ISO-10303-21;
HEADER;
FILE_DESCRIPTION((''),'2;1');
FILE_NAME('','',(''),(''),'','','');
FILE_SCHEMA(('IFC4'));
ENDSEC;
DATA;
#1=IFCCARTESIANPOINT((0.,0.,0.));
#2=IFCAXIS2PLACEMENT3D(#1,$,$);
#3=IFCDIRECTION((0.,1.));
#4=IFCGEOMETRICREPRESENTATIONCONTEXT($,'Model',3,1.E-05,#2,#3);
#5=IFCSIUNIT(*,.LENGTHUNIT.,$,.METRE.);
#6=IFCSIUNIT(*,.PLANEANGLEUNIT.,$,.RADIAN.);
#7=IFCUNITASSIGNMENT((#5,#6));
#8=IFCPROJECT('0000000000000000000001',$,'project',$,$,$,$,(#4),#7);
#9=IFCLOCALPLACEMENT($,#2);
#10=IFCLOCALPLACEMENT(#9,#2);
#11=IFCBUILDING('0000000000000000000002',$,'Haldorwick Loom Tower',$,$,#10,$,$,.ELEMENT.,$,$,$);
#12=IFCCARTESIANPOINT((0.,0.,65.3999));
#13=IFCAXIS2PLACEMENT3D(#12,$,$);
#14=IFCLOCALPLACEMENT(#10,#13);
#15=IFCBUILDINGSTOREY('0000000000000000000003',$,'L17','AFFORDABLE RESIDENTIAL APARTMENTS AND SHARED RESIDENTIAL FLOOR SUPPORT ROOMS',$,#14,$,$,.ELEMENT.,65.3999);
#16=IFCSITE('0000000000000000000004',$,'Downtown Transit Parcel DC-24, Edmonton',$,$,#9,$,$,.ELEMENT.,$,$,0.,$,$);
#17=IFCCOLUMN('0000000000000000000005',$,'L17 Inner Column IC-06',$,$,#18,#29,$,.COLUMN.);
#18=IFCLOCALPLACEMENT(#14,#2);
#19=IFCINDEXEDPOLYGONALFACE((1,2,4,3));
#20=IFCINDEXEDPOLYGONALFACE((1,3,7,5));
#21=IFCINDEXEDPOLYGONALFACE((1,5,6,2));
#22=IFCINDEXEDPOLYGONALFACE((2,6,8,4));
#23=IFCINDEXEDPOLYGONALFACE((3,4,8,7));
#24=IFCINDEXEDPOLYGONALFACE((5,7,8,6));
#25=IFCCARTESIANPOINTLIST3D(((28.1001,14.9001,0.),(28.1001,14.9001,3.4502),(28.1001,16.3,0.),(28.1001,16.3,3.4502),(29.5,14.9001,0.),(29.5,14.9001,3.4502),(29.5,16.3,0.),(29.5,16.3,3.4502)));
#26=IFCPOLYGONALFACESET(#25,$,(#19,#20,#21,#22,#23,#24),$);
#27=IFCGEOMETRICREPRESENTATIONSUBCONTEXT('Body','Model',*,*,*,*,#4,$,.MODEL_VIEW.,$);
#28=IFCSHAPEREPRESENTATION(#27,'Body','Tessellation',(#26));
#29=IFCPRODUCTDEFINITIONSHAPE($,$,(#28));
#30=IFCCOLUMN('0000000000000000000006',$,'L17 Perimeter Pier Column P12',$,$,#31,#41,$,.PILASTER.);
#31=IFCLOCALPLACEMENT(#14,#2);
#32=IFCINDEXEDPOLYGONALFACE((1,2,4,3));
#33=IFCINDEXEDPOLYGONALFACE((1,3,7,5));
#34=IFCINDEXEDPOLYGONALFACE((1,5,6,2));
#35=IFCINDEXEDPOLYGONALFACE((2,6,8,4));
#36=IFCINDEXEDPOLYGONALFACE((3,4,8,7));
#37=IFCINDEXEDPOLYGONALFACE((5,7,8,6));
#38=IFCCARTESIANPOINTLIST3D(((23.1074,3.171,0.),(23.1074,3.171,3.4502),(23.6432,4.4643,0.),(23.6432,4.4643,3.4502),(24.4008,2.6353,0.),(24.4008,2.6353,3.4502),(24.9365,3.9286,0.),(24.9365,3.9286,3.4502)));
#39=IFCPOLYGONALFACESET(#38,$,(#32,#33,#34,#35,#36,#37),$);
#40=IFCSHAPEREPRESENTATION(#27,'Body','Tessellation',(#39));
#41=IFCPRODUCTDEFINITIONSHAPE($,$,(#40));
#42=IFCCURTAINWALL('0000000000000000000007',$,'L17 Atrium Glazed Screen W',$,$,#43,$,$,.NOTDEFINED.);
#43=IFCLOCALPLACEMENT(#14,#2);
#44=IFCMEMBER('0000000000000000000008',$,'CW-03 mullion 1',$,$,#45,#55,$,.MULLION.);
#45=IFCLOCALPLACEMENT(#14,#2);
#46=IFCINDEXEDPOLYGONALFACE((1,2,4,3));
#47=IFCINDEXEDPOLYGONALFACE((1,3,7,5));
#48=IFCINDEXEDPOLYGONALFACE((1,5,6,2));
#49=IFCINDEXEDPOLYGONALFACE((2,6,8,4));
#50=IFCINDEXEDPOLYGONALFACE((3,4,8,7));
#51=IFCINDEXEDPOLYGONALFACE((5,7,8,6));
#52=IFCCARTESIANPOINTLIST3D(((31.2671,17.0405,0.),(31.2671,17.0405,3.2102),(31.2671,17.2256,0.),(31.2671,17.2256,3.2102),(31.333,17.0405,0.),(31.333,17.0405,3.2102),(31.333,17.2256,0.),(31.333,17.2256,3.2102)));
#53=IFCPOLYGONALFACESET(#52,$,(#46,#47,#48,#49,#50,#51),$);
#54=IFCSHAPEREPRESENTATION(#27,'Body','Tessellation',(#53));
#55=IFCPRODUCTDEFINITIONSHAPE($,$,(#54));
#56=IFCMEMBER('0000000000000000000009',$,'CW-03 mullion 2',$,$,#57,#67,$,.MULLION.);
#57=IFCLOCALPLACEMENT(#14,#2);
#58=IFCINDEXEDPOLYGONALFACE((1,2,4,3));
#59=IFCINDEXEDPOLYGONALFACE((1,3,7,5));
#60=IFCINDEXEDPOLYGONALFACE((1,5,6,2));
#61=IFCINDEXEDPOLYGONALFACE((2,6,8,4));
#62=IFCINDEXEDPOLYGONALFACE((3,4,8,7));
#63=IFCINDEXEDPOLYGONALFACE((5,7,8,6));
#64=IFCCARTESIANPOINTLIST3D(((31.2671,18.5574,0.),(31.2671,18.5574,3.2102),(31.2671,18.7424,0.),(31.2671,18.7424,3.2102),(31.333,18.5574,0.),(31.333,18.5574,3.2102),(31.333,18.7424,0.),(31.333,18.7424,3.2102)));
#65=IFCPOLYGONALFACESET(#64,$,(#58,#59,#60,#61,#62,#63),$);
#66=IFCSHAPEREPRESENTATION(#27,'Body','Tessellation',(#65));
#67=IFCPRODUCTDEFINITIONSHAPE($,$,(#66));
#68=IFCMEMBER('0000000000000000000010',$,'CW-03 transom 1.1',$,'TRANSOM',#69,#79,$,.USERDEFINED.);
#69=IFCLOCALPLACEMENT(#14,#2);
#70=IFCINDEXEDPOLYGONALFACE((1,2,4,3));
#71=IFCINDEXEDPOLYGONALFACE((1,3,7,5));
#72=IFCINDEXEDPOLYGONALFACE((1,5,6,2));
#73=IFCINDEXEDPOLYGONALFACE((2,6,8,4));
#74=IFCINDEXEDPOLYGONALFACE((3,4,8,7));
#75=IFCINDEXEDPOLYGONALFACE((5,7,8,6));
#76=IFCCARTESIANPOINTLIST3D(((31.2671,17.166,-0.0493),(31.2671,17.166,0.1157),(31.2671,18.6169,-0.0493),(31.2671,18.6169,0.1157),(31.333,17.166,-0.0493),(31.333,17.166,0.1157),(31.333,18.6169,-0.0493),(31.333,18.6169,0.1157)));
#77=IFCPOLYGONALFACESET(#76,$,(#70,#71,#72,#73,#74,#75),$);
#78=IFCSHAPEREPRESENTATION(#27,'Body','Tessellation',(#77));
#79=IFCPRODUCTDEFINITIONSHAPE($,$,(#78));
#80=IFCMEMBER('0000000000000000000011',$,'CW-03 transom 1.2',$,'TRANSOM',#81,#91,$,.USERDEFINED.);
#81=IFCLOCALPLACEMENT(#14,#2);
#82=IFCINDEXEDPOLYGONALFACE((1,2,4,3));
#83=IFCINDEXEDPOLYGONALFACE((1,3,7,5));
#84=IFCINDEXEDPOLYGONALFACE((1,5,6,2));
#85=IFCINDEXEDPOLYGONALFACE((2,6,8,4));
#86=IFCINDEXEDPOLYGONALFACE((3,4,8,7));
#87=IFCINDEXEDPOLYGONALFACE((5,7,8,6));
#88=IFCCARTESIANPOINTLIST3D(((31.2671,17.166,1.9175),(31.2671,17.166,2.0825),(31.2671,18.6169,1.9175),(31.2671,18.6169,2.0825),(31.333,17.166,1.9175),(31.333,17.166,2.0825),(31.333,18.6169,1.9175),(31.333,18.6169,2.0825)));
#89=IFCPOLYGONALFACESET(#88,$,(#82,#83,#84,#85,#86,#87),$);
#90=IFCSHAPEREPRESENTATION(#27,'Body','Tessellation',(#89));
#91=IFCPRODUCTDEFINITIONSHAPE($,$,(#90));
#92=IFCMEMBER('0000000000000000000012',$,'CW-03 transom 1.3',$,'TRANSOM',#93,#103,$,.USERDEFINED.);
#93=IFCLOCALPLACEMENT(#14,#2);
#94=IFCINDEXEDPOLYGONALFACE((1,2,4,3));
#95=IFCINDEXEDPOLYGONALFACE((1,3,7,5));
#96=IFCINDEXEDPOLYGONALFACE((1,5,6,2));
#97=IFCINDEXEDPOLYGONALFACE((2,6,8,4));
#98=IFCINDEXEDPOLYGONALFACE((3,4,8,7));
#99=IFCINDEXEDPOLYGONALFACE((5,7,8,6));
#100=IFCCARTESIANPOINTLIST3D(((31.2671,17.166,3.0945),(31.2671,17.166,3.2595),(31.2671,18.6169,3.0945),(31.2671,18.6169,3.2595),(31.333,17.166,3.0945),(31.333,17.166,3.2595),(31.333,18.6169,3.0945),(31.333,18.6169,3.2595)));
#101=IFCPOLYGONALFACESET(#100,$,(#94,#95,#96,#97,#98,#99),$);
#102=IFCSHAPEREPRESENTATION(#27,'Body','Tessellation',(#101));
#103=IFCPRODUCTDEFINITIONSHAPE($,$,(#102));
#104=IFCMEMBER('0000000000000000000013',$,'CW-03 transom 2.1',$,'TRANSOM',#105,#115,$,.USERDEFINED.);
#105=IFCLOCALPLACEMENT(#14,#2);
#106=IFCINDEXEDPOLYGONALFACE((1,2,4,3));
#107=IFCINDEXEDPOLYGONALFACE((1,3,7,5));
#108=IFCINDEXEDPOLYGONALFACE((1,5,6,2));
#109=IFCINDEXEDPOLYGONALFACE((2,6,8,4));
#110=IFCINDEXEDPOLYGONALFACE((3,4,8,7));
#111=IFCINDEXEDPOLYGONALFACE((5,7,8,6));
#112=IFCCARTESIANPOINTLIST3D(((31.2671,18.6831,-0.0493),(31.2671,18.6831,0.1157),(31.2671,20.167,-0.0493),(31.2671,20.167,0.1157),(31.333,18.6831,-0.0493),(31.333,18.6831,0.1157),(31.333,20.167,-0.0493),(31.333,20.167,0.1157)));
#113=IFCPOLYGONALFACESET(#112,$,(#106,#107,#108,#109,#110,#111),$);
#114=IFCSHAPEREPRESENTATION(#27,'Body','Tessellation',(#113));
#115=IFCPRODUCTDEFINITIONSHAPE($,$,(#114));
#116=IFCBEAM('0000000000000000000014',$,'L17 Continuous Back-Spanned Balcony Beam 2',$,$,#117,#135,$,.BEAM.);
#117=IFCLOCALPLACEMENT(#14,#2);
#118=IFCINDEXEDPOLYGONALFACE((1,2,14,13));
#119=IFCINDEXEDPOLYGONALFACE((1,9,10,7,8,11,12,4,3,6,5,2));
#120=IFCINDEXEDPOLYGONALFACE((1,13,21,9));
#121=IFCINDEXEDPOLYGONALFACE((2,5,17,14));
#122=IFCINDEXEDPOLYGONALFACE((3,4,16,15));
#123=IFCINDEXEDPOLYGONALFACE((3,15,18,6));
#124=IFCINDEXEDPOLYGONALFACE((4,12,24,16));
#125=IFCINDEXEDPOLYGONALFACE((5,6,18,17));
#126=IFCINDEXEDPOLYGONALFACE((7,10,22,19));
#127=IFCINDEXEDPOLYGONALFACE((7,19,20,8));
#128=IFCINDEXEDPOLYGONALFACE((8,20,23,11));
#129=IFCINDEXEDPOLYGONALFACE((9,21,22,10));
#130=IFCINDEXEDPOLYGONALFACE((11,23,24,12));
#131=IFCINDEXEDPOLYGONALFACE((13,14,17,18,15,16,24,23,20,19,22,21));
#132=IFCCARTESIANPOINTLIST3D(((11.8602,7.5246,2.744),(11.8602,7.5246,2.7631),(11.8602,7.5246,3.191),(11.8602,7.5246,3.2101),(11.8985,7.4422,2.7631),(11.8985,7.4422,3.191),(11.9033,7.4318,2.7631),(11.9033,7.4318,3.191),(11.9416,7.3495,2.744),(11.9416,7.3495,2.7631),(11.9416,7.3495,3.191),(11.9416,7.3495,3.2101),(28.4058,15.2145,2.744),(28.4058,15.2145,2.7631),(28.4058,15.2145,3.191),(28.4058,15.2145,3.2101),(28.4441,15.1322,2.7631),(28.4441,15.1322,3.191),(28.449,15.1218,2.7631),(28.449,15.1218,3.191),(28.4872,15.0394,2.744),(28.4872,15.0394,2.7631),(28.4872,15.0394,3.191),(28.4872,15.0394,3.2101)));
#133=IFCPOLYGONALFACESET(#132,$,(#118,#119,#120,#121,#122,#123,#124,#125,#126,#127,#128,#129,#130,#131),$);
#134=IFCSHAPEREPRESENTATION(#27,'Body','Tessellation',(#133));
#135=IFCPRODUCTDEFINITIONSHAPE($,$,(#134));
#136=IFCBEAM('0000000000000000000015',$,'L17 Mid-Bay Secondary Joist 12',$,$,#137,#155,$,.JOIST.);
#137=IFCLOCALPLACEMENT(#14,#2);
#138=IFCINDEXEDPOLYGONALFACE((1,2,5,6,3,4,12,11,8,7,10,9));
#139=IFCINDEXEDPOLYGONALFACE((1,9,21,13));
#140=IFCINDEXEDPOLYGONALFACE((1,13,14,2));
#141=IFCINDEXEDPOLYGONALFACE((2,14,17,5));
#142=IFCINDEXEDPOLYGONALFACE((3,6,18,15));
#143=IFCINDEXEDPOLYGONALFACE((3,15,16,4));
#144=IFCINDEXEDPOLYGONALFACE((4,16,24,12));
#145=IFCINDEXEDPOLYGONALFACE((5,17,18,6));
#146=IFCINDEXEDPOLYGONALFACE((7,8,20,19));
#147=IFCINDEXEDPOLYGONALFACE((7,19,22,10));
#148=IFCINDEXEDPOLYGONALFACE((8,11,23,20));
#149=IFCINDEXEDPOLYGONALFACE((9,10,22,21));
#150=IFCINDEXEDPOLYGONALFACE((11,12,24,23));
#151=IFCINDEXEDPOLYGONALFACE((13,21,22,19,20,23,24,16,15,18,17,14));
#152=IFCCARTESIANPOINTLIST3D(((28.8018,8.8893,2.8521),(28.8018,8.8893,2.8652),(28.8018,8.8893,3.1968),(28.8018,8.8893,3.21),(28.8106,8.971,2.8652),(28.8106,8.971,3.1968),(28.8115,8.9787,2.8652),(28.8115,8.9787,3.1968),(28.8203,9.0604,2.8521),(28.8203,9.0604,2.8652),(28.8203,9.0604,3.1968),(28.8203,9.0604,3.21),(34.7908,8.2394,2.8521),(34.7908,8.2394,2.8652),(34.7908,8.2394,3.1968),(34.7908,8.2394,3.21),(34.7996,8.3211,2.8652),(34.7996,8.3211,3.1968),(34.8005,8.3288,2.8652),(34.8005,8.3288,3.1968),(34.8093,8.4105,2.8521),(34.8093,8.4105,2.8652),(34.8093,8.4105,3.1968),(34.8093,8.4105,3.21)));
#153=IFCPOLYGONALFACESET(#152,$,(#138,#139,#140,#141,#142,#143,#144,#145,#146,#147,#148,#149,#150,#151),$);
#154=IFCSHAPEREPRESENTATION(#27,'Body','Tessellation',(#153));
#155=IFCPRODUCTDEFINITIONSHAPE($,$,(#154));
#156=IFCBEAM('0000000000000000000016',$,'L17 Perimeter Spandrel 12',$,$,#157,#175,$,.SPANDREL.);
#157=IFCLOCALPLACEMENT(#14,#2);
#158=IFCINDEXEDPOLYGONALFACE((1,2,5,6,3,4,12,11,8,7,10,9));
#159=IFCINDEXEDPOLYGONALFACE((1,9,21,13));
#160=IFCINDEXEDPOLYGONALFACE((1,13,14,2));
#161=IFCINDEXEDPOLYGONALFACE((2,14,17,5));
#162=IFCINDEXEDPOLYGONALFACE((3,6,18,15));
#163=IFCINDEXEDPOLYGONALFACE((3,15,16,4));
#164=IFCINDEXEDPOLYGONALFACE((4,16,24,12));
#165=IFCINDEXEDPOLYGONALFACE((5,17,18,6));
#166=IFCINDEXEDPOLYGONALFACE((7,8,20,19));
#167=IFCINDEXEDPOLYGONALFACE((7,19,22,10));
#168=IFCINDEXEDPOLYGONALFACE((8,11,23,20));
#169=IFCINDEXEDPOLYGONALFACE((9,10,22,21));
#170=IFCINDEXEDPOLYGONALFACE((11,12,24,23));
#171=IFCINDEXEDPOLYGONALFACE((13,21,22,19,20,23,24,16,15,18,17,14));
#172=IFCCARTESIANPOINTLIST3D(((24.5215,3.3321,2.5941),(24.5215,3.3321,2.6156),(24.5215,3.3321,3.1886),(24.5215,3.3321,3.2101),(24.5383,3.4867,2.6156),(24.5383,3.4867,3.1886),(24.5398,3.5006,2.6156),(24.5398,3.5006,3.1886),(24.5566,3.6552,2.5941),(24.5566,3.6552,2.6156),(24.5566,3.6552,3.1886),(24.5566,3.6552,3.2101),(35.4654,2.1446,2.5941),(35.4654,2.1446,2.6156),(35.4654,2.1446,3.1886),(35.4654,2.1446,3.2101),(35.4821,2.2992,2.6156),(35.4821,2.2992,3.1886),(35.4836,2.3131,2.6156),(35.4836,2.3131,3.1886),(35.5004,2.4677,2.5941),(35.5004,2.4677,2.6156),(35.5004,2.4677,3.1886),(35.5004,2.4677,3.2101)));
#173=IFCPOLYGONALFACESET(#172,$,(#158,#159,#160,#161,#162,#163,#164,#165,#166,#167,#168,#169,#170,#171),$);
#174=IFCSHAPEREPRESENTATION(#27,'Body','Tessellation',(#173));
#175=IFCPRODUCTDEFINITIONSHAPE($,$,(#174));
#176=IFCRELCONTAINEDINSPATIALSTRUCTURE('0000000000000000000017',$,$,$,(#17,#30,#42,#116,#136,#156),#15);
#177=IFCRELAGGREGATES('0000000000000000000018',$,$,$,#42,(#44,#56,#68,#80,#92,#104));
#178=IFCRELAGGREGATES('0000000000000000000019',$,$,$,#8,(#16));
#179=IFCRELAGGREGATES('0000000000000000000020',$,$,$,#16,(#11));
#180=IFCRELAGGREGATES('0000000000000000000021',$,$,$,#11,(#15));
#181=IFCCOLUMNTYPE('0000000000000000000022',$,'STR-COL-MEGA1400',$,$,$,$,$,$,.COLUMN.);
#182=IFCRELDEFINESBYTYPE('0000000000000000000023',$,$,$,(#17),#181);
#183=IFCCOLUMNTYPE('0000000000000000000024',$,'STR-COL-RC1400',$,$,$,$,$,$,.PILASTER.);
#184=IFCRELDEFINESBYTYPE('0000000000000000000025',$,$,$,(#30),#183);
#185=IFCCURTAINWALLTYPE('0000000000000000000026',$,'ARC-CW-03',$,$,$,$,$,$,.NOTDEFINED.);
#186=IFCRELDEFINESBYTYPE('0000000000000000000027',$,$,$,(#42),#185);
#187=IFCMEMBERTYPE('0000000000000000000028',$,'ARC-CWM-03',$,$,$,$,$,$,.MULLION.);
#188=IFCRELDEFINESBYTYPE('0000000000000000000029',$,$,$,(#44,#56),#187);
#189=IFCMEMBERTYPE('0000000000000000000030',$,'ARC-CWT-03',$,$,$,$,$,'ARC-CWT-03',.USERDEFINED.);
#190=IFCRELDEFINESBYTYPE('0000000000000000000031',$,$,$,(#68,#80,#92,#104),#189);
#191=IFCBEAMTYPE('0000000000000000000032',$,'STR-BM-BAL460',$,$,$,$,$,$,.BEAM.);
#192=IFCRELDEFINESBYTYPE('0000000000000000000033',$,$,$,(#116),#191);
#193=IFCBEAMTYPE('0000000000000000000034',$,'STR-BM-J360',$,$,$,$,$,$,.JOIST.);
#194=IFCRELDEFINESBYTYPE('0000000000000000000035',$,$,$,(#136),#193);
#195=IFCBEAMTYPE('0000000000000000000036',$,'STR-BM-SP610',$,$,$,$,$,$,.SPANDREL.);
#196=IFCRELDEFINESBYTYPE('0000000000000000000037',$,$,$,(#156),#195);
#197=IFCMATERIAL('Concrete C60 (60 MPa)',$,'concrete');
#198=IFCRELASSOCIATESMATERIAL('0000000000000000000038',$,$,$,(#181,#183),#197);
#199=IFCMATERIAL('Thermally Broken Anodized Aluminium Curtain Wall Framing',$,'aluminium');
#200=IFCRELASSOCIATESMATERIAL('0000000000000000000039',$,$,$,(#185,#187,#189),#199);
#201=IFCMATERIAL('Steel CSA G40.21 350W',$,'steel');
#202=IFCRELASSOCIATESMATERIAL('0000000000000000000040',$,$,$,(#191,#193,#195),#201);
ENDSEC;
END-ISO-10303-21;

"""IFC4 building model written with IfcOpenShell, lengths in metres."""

from ifc_helpers import new_model, si_unit, direction, frame, origin, origin_2d, place, context, subcontext, project, spatial, rectangle, i_section, extrude, material, material_profile, profile_set, type_object, element, aggregate, save


model = new_model("IFC4")

# Units and contexts
model_context = context("Model", 3, precision=1e-05, world=origin(), true_north=direction((0.0, 1.0)))
body_context = subcontext(model_context, "Body", "Model", "MODEL_VIEW")
ifc_project = project(units=[si_unit("LENGTHUNIT", "METRE"), si_unit("PLANEANGLEUNIT", "RADIAN")], contexts=[model_context])

# Site, building, storey
site_placement = place(None, origin())
site = spatial("IfcSite", under=ifc_project, at=site_placement, Name="Downtown Transit Parcel DC-24, Edmonton", CompositionType="ELEMENT", RefElevation=0.0)
building_placement = place(site_placement, origin())
building = spatial("IfcBuilding", under=site, at=building_placement, Name="Haldorwick Loom Tower", CompositionType="ELEMENT")
storey_placement = place(building_placement, frame((0.0, 0.0, 65.3999)))
storey = spatial("IfcBuildingStorey", under=building, at=storey_placement, Name="L17", Description="AFFORDABLE RESIDENTIAL APARTMENTS AND SHARED RESIDENTIAL FLOOR SUPPORT ROOMS", CompositionType="ELEMENT", Elevation=65.3999)

# Columns
ifc_material_1 = material(Name="Concrete C60 (60 MPa)", Category="concrete")
ifc_material_profile_1 = material_profile(ifc_material_1, rectangle(XDim=1.3999, YDim=1.3999, at=origin_2d()), Name="RC1400X1400", Category="concrete")
ifc_profile_set_1 = profile_set([ifc_material_profile_1], Name="Concrete C60 (60 MPa)")
column_type_1 = type_object("IfcColumnType", Name="STR-COL-MEGA1400", PredefinedType="COLUMN", material=ifc_profile_set_1)
column_1_placement = place(storey_placement, frame((28.8, 15.6001, 0.0), z_axis=(0.0, 0.0, 1.0), x_axis=(1.0, 0.0, 0.0)))
element("IfcColumn", 1, at=column_1_placement, inside=storey, type_object=column_type_1, Name="L17 Inner Column IC-06", PredefinedType="COLUMN", context=body_context, shape_type="SweptSolid", body=[
    extrude(rectangle(XDim=1.3999, YDim=1.3999, at=origin_2d()), origin(), (0.0, 0.0, 1.0), 3.4502),
])
ifc_material_profile_2 = material_profile(ifc_material_1, rectangle(XDim=1.3999, YDim=1.3999, at=origin_2d()), Name="RC1400X1400", Category="concrete")
ifc_profile_set_2 = profile_set([ifc_material_profile_2], Name="Concrete C60 (60 MPa)")
column_type_2 = type_object("IfcColumnType", Name="STR-COL-RC1400", PredefinedType="PILASTER", material=ifc_profile_set_2)
column_2_placement = place(storey_placement, frame((24.022, 3.5498, 0.0), z_axis=(0.0, 0.0, 1.0), x_axis=(-0.382683, -0.92388, 0.0)))
element("IfcColumn", 2, at=column_2_placement, inside=storey, type_object=column_type_2, Name="L17 Perimeter Pier Column P12", PredefinedType="PILASTER", context=body_context, shape_type="SweptSolid", body=[
    extrude(rectangle(XDim=1.3999, YDim=1.3999, at=origin_2d()), origin(), (0.0, 0.0, 1.0), 3.4502),
])

# Curtain wall, members
ifc_material_2 = material(Name="Thermally Broken Anodized Aluminium Curtain Wall Framing", Category="aluminium")
curtain_wall_type = type_object("IfcCurtainWallType", Name="ARC-CW-03", PredefinedType="NOTDEFINED", material=ifc_material_2)
curtain_wall_placement = place(storey_placement, origin())
curtain_wall = element("IfcCurtainWall", 3, at=curtain_wall_placement, inside=storey, type_object=curtain_wall_type, Name="L17 Atrium Glazed Screen W", PredefinedType="NOTDEFINED")
ifc_material_profile_3 = material_profile(ifc_material_2, rectangle(XDim=0.0659, YDim=0.1851, at=origin_2d()), Name="ALU_MUL_66X185", Category="aluminium")
ifc_profile_set_3 = profile_set([ifc_material_profile_3], Name="Thermally Broken Anodized Aluminium Curtain Wall Framing")
member_type_1 = type_object("IfcMemberType", Name="ARC-CWM-03", PredefinedType="MULLION", material=ifc_profile_set_3)
member_1_placement = place(storey_placement, frame((31.3, 17.1331, 0.0), z_axis=(0.0, 0.0, 1.0), x_axis=(-1.0, 0.0, 0.0)))
member_1 = element("IfcMember", 4, at=member_1_placement, type_object=member_type_1, Name="CW-03 mullion 1", PredefinedType="MULLION", context=body_context, shape_type="SweptSolid", body=[
    extrude(rectangle(XDim=0.0659, YDim=0.1851, at=origin_2d()), origin(), (0.0, 0.0, 1.0), 3.2102),
])
member_2_placement = place(storey_placement, frame((31.3, 18.6499, 0.0), z_axis=(0.0, 0.0, 1.0), x_axis=(-1.0, 0.0, 0.0)))
member_2 = element("IfcMember", 5, at=member_2_placement, type_object=member_type_1, Name="CW-03 mullion 2", PredefinedType="MULLION", context=body_context, shape_type="SweptSolid", body=[
    extrude(rectangle(XDim=0.0659, YDim=0.1851, at=origin_2d()), origin(), (0.0, 0.0, 1.0), 3.2102),
])
ifc_material_profile_4 = material_profile(ifc_material_2, rectangle(XDim=0.0659, YDim=0.165, at=origin_2d()), Name="ALU_TRN_66X165", Category="aluminium")
ifc_profile_set_4 = profile_set([ifc_material_profile_4], Name="Thermally Broken Anodized Aluminium Curtain Wall Framing")
member_type_2 = type_object("IfcMemberType", Name="ARC-CWT-03", ElementType="ARC-CWT-03", PredefinedType="USERDEFINED", material=ifc_profile_set_4)
member_3_placement = place(storey_placement, frame((31.3, 17.166, 0.0332), z_axis=(0.0, 1.0, 0.0), x_axis=(-1.0, 0.0, 0.0)))
member_3 = element("IfcMember", 6, at=member_3_placement, type_object=member_type_2, Name="CW-03 transom 1.1", ObjectType="TRANSOM", PredefinedType="USERDEFINED", context=body_context, shape_type="SweptSolid", body=[
    extrude(rectangle(XDim=0.0659, YDim=0.165, at=origin_2d()), origin(), (0.0, 0.0, 1.0), 1.4509),
])
member_4_placement = place(storey_placement, frame((31.3, 17.166, 2.0), z_axis=(0.0, 1.0, 0.0), x_axis=(-1.0, 0.0, 0.0)))
member_4 = element("IfcMember", 7, at=member_4_placement, type_object=member_type_2, Name="CW-03 transom 1.2", ObjectType="TRANSOM", PredefinedType="USERDEFINED", context=body_context, shape_type="SweptSolid", body=[
    extrude(rectangle(XDim=0.0659, YDim=0.165, at=origin_2d()), origin(), (0.0, 0.0, 1.0), 1.4509),
])
member_5_placement = place(storey_placement, frame((31.3, 17.166, 3.177), z_axis=(0.0, 1.0, 0.0), x_axis=(-1.0, 0.0, 0.0)))
member_5 = element("IfcMember", 8, at=member_5_placement, type_object=member_type_2, Name="CW-03 transom 1.3", ObjectType="TRANSOM", PredefinedType="USERDEFINED", context=body_context, shape_type="SweptSolid", body=[
    extrude(rectangle(XDim=0.0659, YDim=0.165, at=origin_2d()), origin(), (0.0, 0.0, 1.0), 1.4509),
])
member_6_placement = place(storey_placement, frame((31.3, 18.6831, 0.0332), z_axis=(0.0, 1.0, 0.0), x_axis=(-1.0, 0.0, 0.0)))
member_6 = element("IfcMember", 9, at=member_6_placement, type_object=member_type_2, Name="CW-03 transom 2.1", ObjectType="TRANSOM", PredefinedType="USERDEFINED", context=body_context, shape_type="SweptSolid", body=[
    extrude(rectangle(XDim=0.0659, YDim=0.165, at=origin_2d()), origin(), (0.0, 0.0, 1.0), 1.4839),
])

# Beams
ifc_material_3 = material(Name="Steel CSA G40.21 350W", Category="steel")
ifc_material_profile_5 = material_profile(ifc_material_3, i_section(OverallWidth=0.1931, OverallDepth=0.4661, WebThickness=0.0115, FlangeThickness=0.019, at=origin_2d()), Name="W460X97", Category="steel")
ifc_profile_set_5 = profile_set([ifc_material_profile_5], Name="Steel CSA G40.21 350W")
beam_type_1 = type_object("IfcBeamType", Name="STR-BM-BAL460", PredefinedType="BEAM", material=ifc_profile_set_5)
beam_1_placement = place(storey_placement, frame((28.4465, 15.127, 2.9771), z_axis=(-0.906841, -0.421473, 0.0), x_axis=(0.421473, -0.906841, 0.0)))
element("IfcBeam", 10, at=beam_1_placement, inside=storey, type_object=beam_type_1, Name="L17 Continuous Back-Spanned Balcony Beam 2", PredefinedType="BEAM", context=body_context, shape_type="SweptSolid", body=[
    extrude(i_section(OverallWidth=0.1931, OverallDepth=0.4661, WebThickness=0.0115, FlangeThickness=0.019, at=origin_2d()), origin(), (0.0, 0.0, 1.0), 18.2454),
])
ifc_material_profile_6 = material_profile(ifc_material_3, i_section(OverallWidth=0.1721, OverallDepth=0.3579, WebThickness=0.0078, FlangeThickness=0.0132, at=origin_2d()), Name="W360X57", Category="steel")
ifc_profile_set_6 = profile_set([ifc_material_profile_6], Name="Steel CSA G40.21 350W")
beam_type_2 = type_object("IfcBeamType", Name="STR-BM-J360", PredefinedType="JOIST", material=ifc_profile_set_6)
beam_2_placement = place(storey_placement, frame((28.811, 8.9749, 3.031), z_axis=(0.994164, -0.107882, 0.0), x_axis=(0.107882, 0.994164, 0.0)))
element("IfcBeam", 11, at=beam_2_placement, inside=storey, type_object=beam_type_2, Name="L17 Mid-Bay Secondary Joist 12", PredefinedType="JOIST", context=body_context, shape_type="SweptSolid", body=[
    extrude(i_section(OverallWidth=0.1721, OverallDepth=0.3579, WebThickness=0.0078, FlangeThickness=0.0132, at=origin_2d()), origin(), (0.0, 0.0, 1.0), 6.0242),
])
ifc_material_profile_7 = material_profile(ifc_material_3, i_section(OverallWidth=0.325, OverallDepth=0.616, WebThickness=0.0139, FlangeThickness=0.0215, at=origin_2d()), Name="W610X174", Category="steel")
ifc_profile_set_7 = profile_set([ifc_material_profile_7], Name="Steel CSA G40.21 350W")
beam_type_3 = type_object("IfcBeamType", Name="STR-BM-SP610", PredefinedType="SPANDREL", material=ifc_profile_set_7)
beam_3_placement = place(storey_placement, frame((24.5391, 3.4937, 2.9021), z_axis=(0.994164, -0.107875, 0.0), x_axis=(0.107875, 0.994164, 0.0)))
element("IfcBeam", 12, at=beam_3_placement, inside=storey, type_object=beam_type_3, Name="L17 Perimeter Spandrel 12", PredefinedType="SPANDREL", context=body_context, shape_type="SweptSolid", body=[
    extrude(i_section(OverallWidth=0.325, OverallDepth=0.616, WebThickness=0.0139, FlangeThickness=0.0215, at=origin_2d()), origin(), (0.0, 0.0, 1.0), 11.0081),
])

aggregate(curtain_wall, [member_1, member_2, member_3, member_4, member_5, member_6])

save(model, "model.ifc")
